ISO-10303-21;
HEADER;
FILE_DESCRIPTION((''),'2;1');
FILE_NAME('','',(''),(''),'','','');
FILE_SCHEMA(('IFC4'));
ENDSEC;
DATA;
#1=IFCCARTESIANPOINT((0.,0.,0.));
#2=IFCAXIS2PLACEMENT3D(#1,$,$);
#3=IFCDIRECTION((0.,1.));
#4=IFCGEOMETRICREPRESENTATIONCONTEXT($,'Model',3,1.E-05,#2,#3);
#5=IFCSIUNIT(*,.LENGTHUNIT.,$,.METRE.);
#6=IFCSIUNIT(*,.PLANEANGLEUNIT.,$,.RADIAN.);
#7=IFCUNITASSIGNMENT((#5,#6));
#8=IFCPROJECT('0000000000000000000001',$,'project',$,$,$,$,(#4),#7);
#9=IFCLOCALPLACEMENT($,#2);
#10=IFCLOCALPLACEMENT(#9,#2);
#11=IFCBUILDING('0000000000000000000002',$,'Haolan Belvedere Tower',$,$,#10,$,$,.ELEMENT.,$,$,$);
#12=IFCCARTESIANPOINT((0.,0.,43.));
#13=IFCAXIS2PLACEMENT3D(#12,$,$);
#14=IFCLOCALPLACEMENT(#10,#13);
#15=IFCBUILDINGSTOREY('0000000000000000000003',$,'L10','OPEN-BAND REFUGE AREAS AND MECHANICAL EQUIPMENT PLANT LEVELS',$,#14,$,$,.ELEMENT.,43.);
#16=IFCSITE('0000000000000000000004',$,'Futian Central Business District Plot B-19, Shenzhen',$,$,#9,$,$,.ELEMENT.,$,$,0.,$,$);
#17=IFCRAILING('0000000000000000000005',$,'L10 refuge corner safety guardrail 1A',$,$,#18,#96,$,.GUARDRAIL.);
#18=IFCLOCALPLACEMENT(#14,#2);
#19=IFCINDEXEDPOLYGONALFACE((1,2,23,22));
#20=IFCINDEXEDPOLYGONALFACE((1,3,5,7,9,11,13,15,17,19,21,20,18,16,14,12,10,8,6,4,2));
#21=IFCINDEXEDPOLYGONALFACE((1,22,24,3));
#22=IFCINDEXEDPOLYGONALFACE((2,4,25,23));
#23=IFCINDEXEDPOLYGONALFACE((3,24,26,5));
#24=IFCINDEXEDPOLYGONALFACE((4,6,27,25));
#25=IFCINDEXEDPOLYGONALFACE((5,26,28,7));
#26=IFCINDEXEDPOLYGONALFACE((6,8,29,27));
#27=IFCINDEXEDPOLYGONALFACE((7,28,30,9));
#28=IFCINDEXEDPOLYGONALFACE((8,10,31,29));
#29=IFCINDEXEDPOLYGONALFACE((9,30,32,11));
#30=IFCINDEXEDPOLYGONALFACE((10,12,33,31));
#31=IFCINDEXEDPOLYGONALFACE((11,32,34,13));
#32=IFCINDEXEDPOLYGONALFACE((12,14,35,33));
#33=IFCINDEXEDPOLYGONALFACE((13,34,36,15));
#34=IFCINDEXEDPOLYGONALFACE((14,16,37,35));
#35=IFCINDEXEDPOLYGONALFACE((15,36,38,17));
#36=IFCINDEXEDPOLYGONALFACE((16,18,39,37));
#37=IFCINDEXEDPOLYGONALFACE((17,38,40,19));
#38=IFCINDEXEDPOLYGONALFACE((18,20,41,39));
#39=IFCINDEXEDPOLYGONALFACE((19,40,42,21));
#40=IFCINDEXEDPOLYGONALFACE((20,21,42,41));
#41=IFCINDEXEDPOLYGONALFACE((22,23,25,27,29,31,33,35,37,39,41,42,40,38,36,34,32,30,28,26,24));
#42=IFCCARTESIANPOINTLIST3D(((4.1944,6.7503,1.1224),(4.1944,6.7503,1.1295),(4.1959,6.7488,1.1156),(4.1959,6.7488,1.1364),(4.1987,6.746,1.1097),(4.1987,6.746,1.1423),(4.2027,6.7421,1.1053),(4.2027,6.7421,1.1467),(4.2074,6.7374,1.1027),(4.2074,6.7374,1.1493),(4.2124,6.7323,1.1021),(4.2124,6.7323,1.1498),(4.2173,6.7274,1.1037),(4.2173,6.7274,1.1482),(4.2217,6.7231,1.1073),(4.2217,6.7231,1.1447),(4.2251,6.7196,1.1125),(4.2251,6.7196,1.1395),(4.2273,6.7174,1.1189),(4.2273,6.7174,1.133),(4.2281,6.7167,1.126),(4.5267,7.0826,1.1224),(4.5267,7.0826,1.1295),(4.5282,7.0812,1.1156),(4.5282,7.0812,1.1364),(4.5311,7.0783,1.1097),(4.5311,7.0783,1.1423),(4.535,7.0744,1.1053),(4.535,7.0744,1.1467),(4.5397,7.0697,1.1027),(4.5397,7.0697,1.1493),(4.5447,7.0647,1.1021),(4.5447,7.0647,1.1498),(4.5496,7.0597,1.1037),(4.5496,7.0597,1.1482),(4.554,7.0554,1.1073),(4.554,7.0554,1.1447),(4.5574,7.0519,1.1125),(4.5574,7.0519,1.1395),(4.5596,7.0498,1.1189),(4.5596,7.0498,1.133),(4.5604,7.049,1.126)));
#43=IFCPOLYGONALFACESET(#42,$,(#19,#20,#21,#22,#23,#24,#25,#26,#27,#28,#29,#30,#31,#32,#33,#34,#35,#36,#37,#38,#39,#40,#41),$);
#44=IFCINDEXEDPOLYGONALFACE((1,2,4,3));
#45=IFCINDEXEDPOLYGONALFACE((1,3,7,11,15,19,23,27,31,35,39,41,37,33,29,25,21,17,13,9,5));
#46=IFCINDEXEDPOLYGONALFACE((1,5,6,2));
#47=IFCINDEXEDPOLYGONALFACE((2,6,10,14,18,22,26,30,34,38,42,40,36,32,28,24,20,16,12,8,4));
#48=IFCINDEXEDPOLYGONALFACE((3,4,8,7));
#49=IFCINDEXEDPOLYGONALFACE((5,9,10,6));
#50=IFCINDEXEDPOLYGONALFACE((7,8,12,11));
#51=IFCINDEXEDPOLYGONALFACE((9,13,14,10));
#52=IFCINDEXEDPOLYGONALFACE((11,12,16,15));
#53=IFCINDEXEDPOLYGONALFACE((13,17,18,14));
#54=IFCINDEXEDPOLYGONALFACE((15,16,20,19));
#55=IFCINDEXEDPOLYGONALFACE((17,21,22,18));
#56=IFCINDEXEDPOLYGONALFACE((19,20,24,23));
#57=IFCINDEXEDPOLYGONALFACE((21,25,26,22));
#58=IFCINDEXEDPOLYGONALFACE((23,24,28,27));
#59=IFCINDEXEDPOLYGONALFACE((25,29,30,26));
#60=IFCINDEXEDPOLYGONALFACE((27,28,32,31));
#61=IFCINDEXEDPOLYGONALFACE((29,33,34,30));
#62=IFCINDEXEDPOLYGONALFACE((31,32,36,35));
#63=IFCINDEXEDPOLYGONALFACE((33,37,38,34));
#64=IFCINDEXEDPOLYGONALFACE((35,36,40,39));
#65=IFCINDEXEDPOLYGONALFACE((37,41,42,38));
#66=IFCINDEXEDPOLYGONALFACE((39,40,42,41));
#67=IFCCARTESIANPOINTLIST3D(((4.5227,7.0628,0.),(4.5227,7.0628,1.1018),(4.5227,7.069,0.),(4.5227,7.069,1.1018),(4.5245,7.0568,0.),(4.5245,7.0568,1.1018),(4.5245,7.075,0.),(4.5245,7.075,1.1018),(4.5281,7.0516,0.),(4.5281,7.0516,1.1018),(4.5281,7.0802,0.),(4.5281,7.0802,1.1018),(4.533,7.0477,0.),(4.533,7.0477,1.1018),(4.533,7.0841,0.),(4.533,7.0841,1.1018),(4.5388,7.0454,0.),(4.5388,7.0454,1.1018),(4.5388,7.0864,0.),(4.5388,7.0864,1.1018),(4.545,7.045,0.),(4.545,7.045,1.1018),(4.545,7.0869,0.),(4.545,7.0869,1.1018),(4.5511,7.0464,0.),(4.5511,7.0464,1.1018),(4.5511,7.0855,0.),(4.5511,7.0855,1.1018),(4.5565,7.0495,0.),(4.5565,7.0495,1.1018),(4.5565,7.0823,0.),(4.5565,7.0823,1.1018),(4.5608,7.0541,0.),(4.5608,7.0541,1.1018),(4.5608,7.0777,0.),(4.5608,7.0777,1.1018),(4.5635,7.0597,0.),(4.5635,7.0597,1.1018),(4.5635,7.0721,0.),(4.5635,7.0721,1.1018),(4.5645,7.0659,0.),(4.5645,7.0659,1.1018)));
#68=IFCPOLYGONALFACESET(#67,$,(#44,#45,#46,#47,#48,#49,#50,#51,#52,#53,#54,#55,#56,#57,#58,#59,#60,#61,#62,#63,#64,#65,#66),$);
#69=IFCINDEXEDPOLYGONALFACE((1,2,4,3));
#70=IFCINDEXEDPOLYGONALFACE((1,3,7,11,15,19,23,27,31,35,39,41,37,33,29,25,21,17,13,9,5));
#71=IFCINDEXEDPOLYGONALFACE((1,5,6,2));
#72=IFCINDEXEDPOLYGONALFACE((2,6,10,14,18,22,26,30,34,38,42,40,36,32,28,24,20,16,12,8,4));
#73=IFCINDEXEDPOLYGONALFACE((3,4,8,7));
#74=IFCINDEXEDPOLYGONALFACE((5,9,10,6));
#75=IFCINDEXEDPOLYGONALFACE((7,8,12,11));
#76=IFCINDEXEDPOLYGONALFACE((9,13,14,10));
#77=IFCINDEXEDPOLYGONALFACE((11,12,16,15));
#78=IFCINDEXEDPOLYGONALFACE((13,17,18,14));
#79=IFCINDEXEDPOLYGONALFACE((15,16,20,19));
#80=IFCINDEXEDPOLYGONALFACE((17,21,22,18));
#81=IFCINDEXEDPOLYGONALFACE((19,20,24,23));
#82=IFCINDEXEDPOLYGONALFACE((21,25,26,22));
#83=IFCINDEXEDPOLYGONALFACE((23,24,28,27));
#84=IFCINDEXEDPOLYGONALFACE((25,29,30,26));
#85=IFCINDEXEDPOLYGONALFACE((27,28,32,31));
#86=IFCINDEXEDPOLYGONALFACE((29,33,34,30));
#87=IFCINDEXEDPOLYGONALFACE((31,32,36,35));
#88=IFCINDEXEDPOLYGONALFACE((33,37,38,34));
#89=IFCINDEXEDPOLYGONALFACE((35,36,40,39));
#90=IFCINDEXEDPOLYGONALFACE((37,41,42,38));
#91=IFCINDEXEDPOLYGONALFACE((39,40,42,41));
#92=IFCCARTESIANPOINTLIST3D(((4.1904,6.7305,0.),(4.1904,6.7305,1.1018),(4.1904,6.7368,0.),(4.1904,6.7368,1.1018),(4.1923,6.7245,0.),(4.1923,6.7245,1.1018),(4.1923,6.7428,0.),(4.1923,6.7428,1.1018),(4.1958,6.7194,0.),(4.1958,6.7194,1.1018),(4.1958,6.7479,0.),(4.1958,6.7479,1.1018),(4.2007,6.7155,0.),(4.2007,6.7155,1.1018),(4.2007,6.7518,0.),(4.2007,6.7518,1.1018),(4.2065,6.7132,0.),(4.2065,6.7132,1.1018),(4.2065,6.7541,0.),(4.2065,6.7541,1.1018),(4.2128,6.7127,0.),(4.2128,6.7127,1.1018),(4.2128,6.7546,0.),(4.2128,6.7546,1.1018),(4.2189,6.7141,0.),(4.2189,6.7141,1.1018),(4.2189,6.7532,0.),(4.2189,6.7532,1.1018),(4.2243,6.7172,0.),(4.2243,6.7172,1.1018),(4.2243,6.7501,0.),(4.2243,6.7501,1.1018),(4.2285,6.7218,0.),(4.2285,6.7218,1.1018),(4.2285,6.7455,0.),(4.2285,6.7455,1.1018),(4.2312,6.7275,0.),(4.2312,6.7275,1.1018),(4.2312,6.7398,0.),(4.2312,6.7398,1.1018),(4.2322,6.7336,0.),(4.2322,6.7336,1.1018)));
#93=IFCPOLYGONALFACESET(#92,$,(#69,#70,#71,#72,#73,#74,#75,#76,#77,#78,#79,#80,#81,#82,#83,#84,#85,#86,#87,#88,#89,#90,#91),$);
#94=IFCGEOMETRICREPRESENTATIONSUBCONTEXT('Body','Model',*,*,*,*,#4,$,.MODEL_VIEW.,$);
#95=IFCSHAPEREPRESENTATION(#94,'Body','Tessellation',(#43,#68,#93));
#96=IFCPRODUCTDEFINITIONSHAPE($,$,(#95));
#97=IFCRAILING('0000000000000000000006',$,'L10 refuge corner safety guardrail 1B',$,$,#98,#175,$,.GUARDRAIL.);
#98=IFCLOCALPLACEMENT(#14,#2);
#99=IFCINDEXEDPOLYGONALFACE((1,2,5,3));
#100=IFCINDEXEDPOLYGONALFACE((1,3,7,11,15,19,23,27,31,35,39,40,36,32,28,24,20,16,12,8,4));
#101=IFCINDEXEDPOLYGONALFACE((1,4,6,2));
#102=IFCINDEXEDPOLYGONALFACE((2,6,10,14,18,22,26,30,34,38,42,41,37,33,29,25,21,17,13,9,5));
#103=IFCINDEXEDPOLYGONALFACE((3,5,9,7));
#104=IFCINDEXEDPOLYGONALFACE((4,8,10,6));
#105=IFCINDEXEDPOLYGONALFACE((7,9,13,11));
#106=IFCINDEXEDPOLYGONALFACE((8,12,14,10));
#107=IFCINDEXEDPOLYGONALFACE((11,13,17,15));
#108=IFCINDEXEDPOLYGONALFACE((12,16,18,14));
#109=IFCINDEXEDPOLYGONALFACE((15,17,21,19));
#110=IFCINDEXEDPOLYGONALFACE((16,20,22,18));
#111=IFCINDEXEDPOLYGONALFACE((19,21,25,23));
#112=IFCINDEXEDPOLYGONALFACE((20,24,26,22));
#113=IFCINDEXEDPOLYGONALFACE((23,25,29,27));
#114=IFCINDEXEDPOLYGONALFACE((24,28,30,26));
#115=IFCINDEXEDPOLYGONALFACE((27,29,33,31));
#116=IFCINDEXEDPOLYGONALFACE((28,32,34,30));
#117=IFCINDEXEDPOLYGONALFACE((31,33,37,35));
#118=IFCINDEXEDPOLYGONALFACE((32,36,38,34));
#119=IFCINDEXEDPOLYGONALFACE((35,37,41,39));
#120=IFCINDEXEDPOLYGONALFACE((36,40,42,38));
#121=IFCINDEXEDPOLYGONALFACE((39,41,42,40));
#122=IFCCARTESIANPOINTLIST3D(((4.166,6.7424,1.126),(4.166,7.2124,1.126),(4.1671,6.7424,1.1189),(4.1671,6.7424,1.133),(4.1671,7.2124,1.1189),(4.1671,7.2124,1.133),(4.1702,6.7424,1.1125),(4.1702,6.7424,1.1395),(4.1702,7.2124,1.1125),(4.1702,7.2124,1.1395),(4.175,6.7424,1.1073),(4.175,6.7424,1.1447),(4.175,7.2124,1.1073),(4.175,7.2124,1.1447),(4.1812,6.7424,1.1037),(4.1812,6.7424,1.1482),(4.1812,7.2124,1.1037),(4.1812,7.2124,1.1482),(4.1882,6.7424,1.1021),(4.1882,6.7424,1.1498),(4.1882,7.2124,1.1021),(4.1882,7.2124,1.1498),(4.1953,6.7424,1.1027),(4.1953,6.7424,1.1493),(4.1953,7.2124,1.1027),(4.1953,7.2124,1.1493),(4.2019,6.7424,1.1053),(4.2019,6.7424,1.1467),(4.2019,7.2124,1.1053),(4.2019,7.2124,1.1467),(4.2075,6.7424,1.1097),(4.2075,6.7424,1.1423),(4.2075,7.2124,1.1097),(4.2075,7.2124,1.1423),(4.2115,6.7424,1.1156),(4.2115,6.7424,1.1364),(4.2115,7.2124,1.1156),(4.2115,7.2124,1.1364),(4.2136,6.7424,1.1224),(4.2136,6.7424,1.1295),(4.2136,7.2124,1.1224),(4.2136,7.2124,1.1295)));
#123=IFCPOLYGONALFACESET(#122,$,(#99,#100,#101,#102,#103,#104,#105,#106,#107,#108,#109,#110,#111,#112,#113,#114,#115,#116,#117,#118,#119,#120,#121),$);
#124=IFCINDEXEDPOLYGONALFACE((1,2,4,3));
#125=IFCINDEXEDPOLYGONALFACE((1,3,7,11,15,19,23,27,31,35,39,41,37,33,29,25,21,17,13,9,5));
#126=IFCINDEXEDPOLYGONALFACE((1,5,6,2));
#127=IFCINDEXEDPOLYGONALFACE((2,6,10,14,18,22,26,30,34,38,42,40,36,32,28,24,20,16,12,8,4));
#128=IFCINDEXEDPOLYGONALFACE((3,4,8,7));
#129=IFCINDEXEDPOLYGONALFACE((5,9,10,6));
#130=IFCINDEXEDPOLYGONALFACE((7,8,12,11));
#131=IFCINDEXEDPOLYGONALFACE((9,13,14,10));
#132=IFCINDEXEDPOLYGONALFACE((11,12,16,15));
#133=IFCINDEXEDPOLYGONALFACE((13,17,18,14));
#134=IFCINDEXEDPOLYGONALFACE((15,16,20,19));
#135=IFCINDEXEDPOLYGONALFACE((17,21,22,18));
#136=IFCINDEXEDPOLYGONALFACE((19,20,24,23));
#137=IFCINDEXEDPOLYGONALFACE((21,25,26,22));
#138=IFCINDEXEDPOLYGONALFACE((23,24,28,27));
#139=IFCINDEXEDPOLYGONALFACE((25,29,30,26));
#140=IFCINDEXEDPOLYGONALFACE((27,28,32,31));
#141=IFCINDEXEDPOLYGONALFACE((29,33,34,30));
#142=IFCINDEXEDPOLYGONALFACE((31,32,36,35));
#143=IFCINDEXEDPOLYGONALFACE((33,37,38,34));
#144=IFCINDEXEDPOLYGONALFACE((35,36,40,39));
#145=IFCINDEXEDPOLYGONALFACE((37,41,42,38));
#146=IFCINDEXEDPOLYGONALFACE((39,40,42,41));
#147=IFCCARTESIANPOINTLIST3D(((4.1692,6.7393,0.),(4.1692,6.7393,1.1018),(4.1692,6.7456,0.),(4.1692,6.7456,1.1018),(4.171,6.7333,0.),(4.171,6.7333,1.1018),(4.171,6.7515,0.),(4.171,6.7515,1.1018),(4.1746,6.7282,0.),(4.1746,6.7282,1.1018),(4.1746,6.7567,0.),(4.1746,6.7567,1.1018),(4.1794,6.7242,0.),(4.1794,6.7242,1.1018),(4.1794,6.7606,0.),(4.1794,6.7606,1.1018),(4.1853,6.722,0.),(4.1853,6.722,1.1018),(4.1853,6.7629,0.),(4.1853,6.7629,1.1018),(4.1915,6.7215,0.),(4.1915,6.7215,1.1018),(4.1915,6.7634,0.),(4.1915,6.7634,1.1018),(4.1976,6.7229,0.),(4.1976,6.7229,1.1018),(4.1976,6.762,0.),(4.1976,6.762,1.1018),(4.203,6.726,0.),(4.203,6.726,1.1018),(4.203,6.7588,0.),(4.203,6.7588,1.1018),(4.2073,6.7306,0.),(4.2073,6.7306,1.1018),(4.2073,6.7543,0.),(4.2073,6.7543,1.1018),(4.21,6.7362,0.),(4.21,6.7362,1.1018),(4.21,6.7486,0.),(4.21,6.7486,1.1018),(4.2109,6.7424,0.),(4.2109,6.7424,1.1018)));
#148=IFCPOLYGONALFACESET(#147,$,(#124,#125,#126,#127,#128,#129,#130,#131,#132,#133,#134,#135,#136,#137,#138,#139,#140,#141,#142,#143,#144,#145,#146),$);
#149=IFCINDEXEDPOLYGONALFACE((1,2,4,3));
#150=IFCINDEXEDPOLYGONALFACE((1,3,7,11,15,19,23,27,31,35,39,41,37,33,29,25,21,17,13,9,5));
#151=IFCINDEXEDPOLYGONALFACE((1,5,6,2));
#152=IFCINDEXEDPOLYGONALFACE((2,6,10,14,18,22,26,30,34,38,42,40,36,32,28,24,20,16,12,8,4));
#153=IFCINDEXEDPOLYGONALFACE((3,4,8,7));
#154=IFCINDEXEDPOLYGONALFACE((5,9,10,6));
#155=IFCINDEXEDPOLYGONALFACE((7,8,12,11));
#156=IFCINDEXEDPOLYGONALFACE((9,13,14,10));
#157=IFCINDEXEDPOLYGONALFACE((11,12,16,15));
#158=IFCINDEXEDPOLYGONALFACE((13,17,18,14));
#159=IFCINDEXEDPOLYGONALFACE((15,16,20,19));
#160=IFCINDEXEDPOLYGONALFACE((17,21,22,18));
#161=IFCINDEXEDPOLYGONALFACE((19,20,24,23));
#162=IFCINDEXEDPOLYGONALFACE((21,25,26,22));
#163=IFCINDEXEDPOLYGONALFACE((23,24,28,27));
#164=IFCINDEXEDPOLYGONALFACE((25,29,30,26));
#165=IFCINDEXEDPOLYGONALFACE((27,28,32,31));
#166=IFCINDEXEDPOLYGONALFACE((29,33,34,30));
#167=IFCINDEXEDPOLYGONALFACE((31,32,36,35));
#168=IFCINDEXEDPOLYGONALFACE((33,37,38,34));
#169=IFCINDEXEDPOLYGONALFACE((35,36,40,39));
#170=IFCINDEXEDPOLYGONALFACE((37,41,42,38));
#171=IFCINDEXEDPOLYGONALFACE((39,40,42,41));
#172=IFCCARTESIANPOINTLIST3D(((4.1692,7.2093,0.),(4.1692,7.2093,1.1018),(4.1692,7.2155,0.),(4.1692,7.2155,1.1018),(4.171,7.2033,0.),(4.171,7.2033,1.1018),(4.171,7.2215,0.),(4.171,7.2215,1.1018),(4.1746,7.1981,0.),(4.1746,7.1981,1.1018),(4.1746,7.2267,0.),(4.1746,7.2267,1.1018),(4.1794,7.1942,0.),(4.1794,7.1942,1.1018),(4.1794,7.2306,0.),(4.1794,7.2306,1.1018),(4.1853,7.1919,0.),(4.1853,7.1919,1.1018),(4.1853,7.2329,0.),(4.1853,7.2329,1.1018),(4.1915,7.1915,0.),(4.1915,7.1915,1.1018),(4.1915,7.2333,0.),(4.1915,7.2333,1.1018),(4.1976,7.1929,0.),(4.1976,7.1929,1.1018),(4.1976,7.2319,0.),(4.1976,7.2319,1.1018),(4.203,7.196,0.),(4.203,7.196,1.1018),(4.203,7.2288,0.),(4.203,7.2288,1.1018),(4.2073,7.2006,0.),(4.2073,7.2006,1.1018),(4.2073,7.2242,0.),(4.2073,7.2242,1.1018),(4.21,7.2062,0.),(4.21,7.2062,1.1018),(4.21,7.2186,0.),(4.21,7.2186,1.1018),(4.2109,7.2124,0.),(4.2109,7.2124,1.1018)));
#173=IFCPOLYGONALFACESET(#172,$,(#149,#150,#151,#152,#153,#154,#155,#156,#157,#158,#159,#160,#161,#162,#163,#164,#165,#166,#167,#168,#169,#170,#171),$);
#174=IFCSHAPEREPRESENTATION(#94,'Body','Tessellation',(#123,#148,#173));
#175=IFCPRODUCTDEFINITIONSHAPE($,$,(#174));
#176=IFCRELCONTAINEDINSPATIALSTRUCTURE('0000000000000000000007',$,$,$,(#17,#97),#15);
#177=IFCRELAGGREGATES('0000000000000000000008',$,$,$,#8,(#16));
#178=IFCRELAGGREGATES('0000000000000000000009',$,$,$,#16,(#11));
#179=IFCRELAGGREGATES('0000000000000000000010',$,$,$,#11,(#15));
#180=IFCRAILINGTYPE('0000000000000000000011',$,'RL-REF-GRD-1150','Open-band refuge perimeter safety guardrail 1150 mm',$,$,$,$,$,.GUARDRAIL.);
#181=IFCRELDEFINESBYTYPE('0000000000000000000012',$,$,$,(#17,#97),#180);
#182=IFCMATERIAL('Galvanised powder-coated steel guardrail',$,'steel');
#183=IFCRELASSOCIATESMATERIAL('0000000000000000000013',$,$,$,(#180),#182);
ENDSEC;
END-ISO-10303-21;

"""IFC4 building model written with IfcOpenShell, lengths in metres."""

from ifc_helpers import new_model, si_unit, direction, frame, origin, origin_2d, place, context, subcontext, project, spatial, circle, extrude, material, type_object, element, save


model = new_model("IFC4")

# Units and contexts
model_context = context("Model", 3, precision=1e-05, world=origin(), true_north=direction((0.0, 1.0)))
body_context = subcontext(model_context, "Body", "Model", "MODEL_VIEW")
ifc_project = project(units=[si_unit("LENGTHUNIT", "METRE"), si_unit("PLANEANGLEUNIT", "RADIAN")], contexts=[model_context])

# Site, building, storey
site_placement = place(None, origin())
site = spatial("IfcSite", under=ifc_project, at=site_placement, Name="Futian Central Business District Plot B-19, Shenzhen", CompositionType="ELEMENT", RefElevation=0.0)
building_placement = place(site_placement, origin())
building = spatial("IfcBuilding", under=site, at=building_placement, Name="Haolan Belvedere Tower", CompositionType="ELEMENT")
storey_placement = place(building_placement, frame((0.0, 0.0, 43.0)))
storey = spatial("IfcBuildingStorey", under=building, at=storey_placement, Name="L10", Description="OPEN-BAND REFUGE AREAS AND MECHANICAL EQUIPMENT PLANT LEVELS", CompositionType="ELEMENT", Elevation=43.0)

# Railings
ifc_material_1 = material(Name="Galvanised powder-coated steel guardrail", Category="steel")
railing_type = type_object("IfcRailingType", Name="RL-REF-GRD-1150", Description="Open-band refuge perimeter safety guardrail 1150 mm", PredefinedType="GUARDRAIL", material=ifc_material_1)
railing_1_placement = place(storey_placement, frame((4.5435, 7.0659, 0.0)))
element("IfcRailing", 1, at=railing_1_placement, inside=storey, type_object=railing_type, Name="L10 refuge corner safety guardrail 1A", PredefinedType="GUARDRAIL", context=body_context, shape_type="SweptSolid", body=[
    extrude(circle(Radius=0.0239, at=origin_2d()), frame((0.0, 0.0, 1.126), z_axis=(-0.707107, -0.707107, 0.0), x_axis=(0.707107, -0.707107, 0.0)), (0.0, 0.0, 1.0), 0.47),
    extrude(circle(Radius=0.021, at=origin_2d()), origin(), (0.0, 0.0, 1.0), 1.1018),
    extrude(circle(Radius=0.021, at=origin_2d()), frame((-0.3323, -0.3323, 0.0)), (0.0, 0.0, 1.0), 1.1018),
])
railing_2_placement = place(storey_placement, frame((4.1899, 6.7424, 0.0)))
element("IfcRailing", 2, at=railing_2_placement, inside=storey, type_object=railing_type, Name="L10 refuge corner safety guardrail 1B", PredefinedType="GUARDRAIL", context=body_context, shape_type="SweptSolid", body=[
    extrude(circle(Radius=0.0239, at=origin_2d()), frame((0.0, 0.0, 1.126), z_axis=(0.0, 1.0, 0.0), x_axis=(-1.0, 0.0, 0.0)), (0.0, 0.0, 1.0), 0.47),
    extrude(circle(Radius=0.021, at=origin_2d()), origin(), (0.0, 0.0, 1.0), 1.1018),
    extrude(circle(Radius=0.021, at=origin_2d()), frame((0.0, 0.47, 0.0)), (0.0, 0.0, 1.0), 1.1018),
])

save(model, "model.ifc")
